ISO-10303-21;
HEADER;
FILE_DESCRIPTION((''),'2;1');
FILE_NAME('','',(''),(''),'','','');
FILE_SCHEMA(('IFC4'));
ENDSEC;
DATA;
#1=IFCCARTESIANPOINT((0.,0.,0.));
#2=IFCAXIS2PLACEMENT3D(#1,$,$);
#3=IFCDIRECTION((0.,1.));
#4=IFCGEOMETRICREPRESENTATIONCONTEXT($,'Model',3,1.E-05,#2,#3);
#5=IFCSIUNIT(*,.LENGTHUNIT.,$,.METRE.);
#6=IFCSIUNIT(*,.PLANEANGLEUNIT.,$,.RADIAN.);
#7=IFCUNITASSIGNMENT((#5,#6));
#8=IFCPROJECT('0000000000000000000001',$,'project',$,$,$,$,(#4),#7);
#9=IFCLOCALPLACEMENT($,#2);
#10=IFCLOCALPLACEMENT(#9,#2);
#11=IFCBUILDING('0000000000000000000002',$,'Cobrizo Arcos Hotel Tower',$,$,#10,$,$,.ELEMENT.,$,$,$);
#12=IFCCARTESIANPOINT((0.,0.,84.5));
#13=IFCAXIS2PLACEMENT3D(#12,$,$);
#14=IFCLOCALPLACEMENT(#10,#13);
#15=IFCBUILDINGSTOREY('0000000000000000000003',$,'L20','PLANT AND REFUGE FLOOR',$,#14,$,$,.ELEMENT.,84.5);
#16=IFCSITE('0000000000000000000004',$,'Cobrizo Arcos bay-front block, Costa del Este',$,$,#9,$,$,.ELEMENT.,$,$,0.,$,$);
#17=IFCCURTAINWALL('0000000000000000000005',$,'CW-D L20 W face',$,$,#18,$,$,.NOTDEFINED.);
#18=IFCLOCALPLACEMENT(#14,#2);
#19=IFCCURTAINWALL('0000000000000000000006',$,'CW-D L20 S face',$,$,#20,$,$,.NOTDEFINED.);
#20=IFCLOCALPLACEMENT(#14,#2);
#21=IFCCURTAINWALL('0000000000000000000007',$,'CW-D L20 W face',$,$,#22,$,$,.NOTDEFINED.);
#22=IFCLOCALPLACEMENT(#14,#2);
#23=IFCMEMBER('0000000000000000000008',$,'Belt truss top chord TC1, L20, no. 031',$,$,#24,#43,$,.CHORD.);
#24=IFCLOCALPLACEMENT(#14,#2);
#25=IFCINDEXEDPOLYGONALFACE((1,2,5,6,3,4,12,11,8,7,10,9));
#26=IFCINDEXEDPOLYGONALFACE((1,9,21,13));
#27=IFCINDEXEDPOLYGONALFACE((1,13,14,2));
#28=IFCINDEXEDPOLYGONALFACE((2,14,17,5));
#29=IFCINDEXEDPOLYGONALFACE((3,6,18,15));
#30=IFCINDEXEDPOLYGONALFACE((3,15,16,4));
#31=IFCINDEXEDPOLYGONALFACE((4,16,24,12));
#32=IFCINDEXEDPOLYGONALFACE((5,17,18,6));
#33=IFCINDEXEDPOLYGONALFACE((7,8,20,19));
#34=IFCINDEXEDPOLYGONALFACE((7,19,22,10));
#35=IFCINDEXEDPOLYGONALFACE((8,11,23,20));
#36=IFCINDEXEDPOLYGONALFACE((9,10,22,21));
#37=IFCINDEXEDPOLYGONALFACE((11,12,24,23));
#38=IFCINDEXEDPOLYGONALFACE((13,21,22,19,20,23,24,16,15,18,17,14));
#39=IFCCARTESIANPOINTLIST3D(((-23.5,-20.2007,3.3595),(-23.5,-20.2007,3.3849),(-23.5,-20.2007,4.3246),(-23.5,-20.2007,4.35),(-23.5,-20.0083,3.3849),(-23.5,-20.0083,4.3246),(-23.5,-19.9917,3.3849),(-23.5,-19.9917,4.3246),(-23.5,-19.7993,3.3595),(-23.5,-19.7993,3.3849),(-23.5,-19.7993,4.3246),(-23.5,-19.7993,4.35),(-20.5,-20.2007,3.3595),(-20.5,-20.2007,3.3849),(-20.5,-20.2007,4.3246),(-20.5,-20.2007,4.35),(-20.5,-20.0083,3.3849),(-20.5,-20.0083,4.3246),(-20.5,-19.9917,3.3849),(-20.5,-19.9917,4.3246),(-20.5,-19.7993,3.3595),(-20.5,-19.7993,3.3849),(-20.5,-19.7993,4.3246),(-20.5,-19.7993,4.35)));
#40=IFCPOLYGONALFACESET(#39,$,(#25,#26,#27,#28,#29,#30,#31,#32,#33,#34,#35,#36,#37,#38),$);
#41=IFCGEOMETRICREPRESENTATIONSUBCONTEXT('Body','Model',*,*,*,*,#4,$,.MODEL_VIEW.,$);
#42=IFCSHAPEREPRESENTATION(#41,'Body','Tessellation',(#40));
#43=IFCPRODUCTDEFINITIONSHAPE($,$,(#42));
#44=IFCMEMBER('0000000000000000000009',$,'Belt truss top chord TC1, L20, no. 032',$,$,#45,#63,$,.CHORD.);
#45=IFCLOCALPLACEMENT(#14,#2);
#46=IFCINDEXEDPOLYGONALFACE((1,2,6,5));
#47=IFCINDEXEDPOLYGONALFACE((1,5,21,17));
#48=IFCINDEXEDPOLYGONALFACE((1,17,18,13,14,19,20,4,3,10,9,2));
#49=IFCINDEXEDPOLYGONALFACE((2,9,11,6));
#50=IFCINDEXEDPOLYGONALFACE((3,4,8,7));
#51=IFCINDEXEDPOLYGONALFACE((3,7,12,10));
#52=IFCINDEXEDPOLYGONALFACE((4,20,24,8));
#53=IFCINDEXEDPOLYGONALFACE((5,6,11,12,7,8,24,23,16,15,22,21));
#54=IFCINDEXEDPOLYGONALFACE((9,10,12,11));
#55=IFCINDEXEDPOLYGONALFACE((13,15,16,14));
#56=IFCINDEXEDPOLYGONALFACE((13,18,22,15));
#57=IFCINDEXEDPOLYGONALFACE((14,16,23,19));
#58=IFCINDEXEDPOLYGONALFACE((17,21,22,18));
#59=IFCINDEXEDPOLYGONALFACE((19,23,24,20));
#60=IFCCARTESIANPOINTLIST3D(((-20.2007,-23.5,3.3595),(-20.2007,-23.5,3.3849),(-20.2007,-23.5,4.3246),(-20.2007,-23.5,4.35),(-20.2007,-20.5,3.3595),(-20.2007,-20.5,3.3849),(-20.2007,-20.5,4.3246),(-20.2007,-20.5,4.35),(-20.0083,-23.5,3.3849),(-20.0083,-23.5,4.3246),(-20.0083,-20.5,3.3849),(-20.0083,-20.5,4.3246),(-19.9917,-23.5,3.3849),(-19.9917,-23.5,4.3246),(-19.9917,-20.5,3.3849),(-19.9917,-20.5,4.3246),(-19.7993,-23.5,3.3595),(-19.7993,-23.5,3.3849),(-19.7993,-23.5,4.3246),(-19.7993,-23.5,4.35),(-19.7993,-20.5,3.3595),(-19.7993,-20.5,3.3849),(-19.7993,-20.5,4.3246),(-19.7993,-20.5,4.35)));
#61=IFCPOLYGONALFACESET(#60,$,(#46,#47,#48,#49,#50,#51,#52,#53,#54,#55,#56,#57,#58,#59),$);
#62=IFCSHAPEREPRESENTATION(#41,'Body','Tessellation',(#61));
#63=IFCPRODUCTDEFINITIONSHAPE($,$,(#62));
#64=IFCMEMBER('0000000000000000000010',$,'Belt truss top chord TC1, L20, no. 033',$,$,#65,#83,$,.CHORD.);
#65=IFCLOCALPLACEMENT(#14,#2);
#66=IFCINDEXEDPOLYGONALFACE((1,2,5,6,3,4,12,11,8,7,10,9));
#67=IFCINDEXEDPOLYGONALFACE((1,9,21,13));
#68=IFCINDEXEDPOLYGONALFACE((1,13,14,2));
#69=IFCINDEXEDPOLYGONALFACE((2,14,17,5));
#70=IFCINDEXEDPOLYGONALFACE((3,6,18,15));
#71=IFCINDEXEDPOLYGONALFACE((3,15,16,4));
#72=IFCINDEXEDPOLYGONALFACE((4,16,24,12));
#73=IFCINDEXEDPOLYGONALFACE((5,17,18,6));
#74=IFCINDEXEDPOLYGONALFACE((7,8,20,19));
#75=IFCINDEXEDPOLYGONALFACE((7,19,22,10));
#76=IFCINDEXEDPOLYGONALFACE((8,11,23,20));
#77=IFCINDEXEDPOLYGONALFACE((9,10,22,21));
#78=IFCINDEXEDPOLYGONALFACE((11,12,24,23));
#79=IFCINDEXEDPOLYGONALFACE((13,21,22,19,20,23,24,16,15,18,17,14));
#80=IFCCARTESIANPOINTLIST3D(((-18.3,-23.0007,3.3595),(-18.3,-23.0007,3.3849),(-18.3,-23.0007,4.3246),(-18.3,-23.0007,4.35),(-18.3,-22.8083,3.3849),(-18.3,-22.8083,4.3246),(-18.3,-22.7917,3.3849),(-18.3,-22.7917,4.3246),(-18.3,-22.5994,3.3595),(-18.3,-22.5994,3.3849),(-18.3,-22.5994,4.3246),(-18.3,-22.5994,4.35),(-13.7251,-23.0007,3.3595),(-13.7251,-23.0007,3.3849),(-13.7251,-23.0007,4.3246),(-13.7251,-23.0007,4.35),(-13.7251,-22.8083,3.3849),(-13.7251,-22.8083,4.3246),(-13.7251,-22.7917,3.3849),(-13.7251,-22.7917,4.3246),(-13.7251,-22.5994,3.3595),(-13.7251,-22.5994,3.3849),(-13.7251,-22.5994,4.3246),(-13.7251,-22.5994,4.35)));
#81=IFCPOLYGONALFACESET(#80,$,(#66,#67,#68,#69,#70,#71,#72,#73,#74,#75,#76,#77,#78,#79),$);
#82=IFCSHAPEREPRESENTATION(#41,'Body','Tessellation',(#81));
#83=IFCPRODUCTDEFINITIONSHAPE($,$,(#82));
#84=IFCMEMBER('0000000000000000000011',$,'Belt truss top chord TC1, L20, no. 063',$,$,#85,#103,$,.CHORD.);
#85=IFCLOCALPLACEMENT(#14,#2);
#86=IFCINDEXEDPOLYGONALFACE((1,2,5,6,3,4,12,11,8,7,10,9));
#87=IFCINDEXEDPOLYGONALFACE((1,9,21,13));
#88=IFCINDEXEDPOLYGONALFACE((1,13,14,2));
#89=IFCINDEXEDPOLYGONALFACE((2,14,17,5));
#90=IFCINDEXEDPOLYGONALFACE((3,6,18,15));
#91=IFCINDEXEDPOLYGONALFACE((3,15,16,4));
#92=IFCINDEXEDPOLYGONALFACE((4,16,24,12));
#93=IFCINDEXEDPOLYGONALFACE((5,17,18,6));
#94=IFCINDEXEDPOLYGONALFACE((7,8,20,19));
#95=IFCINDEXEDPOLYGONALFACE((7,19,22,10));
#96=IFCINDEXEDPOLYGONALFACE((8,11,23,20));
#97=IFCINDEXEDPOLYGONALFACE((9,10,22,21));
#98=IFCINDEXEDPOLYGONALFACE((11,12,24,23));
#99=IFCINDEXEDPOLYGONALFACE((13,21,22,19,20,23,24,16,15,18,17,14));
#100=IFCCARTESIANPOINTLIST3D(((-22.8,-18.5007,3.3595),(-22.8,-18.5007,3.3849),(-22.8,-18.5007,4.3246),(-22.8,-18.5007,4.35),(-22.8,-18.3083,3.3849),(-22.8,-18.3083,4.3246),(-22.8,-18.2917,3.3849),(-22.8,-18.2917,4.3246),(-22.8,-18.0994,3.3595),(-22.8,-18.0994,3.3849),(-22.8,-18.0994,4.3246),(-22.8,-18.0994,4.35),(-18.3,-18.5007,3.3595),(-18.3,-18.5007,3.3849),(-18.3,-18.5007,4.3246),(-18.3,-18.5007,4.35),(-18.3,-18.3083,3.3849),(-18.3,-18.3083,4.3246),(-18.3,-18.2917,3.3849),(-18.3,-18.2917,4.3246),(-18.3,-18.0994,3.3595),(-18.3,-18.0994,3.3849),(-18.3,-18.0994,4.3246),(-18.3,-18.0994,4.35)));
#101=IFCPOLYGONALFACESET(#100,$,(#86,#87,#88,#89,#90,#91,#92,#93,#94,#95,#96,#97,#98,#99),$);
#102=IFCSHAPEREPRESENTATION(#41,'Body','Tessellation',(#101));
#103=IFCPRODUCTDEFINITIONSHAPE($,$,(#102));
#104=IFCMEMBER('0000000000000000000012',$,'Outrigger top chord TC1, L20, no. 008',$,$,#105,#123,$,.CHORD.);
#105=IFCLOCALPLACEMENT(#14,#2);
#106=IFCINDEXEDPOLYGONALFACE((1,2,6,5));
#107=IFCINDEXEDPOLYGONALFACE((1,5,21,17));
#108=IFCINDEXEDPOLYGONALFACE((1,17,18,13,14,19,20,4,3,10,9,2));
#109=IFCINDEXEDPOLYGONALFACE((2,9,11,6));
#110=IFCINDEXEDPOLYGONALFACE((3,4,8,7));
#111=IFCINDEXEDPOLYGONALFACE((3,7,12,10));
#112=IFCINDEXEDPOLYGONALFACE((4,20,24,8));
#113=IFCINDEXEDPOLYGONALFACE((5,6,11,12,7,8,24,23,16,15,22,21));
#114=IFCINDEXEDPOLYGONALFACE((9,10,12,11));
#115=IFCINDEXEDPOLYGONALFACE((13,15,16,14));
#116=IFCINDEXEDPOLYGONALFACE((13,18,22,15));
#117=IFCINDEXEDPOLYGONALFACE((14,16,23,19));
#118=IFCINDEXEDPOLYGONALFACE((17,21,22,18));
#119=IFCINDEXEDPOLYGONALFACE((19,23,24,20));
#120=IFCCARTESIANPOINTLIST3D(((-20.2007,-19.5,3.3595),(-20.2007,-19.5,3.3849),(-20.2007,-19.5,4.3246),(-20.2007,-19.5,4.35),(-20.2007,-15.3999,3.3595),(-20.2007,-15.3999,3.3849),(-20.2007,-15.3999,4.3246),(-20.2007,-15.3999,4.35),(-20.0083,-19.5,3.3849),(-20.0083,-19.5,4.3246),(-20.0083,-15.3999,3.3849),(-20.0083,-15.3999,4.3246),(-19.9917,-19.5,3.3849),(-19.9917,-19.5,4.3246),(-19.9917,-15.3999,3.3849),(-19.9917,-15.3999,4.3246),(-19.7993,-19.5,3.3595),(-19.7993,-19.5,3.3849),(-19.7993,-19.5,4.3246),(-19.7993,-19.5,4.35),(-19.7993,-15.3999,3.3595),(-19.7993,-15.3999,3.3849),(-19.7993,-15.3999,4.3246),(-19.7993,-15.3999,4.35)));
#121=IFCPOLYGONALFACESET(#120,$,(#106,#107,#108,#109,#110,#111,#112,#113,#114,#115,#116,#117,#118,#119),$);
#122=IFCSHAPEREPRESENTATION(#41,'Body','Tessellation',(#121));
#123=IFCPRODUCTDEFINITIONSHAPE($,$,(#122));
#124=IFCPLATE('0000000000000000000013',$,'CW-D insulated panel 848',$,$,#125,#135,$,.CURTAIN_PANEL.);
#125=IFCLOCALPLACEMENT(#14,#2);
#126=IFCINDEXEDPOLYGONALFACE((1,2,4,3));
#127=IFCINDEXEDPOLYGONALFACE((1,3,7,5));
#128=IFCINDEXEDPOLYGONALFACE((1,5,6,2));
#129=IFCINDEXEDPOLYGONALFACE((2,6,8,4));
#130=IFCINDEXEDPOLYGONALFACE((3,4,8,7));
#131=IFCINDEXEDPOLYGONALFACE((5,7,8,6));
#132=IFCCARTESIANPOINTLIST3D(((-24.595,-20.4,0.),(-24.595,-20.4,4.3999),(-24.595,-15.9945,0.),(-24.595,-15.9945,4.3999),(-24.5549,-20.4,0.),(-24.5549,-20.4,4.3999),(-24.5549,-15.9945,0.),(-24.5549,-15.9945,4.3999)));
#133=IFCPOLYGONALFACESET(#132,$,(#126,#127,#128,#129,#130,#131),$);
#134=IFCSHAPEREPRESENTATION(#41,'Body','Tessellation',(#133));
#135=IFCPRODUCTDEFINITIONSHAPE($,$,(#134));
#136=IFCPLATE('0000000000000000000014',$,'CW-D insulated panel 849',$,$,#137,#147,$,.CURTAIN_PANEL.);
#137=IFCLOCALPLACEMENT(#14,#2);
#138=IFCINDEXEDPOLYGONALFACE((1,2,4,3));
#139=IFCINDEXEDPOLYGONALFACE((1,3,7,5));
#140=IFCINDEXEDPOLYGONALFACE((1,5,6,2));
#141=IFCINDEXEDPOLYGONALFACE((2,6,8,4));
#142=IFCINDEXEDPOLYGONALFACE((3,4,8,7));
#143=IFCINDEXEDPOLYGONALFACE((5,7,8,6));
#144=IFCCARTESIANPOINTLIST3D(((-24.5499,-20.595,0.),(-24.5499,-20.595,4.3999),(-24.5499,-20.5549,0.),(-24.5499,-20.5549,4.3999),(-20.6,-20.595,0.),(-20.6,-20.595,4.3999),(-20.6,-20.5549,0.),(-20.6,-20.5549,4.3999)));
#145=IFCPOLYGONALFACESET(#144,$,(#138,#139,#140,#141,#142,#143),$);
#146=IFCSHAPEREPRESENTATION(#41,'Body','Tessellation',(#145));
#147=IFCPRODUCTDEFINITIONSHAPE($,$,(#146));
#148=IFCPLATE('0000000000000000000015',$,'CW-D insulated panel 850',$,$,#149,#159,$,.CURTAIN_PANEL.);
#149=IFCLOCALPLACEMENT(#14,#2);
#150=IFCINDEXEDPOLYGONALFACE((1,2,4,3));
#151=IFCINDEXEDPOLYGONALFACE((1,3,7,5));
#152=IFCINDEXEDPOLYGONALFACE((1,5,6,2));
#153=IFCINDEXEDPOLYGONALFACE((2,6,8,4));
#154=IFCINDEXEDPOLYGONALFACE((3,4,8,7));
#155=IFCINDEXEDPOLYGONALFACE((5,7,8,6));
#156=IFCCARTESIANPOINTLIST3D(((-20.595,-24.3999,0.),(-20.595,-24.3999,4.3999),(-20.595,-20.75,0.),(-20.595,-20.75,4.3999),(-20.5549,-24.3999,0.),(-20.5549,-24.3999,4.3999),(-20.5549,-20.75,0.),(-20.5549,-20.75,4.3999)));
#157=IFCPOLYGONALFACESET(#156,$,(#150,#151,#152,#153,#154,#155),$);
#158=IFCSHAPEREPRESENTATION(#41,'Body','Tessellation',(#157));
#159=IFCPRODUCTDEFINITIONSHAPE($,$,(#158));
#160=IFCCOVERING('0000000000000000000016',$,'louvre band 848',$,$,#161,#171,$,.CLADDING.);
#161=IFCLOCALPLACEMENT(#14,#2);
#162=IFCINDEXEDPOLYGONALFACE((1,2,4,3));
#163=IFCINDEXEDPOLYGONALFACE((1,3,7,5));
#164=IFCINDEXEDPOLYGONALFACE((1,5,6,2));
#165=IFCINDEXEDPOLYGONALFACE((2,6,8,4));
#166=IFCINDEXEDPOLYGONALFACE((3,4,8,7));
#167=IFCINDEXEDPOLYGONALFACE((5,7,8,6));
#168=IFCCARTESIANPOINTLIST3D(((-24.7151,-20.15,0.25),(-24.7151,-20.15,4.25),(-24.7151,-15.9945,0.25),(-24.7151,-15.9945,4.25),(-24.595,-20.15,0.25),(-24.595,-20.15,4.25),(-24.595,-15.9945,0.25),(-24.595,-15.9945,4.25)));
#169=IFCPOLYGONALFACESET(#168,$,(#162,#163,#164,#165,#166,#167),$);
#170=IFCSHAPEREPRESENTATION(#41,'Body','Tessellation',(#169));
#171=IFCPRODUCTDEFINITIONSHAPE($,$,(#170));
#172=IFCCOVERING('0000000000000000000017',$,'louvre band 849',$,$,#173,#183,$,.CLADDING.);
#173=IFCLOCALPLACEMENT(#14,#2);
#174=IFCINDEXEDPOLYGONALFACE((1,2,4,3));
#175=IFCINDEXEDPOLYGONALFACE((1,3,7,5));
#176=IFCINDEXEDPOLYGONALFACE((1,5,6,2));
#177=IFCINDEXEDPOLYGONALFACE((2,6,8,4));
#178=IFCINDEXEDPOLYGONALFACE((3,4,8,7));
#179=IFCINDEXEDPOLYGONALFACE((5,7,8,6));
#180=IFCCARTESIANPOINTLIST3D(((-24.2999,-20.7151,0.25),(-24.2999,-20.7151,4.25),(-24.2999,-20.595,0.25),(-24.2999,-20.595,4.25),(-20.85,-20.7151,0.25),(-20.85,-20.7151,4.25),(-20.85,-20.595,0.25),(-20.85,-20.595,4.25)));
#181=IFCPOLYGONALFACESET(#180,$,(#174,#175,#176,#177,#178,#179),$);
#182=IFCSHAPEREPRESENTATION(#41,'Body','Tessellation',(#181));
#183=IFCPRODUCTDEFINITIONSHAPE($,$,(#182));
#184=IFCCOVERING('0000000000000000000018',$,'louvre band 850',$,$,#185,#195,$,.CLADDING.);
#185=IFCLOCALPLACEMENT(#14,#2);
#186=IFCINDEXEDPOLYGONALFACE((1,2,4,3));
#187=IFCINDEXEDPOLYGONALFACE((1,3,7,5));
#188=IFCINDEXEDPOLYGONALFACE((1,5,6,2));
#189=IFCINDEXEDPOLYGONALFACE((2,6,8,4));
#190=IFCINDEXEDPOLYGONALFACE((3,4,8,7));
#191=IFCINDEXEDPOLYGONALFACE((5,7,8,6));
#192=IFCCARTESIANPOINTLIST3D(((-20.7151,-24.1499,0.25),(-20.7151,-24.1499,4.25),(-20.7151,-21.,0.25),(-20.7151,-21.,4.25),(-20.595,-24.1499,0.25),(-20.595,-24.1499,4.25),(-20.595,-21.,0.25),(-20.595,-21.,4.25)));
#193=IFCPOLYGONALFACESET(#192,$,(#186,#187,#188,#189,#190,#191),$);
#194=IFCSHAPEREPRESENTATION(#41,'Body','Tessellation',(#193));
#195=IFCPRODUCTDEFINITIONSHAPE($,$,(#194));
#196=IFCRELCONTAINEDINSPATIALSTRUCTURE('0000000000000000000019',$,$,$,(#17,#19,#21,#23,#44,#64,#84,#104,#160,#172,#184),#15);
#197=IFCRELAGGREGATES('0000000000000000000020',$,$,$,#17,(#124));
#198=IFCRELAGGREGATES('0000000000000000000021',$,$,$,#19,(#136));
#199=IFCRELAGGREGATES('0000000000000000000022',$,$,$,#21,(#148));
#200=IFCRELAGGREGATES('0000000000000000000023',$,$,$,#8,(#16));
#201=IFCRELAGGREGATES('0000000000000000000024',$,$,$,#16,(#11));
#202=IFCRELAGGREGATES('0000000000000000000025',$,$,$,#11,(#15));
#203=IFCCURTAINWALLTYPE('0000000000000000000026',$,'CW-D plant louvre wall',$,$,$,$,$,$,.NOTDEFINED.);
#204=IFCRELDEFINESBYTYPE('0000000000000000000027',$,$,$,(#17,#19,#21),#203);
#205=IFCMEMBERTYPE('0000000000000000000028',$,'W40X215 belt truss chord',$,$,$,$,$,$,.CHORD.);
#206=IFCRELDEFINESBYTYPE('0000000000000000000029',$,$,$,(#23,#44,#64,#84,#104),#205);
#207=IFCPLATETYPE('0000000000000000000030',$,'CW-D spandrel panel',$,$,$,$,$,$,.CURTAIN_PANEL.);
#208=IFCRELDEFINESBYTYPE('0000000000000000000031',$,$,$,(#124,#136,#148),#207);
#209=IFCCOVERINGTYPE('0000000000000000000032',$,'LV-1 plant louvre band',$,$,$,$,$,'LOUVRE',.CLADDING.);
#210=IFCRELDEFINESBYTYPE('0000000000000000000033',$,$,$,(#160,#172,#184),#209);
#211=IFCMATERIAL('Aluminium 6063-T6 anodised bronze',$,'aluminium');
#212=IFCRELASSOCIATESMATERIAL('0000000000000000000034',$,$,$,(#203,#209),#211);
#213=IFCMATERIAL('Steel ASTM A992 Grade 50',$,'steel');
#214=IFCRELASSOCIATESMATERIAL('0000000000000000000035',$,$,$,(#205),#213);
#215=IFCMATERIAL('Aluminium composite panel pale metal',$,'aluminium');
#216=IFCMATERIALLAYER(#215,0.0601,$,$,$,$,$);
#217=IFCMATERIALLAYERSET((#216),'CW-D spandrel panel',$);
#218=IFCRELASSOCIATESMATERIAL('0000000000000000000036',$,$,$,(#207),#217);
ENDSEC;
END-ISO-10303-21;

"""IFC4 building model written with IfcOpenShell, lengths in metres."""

from ifc_helpers import new_model, si_unit, direction, frame, origin, origin_2d, place, context, subcontext, project, spatial, rectangle, i_section, extrude, material, layer, layer_set, material_profile, profile_set, type_object, element, aggregate, save


model = new_model("IFC4")

# Units and contexts
model_context = context("Model", 3, precision=1e-05, world=origin(), true_north=direction((0.0, 1.0)))
body_context = subcontext(model_context, "Body", "Model", "MODEL_VIEW")
ifc_project = project(units=[si_unit("LENGTHUNIT", "METRE"), si_unit("PLANEANGLEUNIT", "RADIAN")], contexts=[model_context])

# Site, building, storey
site_placement = place(None, origin())
site = spatial("IfcSite", under=ifc_project, at=site_placement, Name="Cobrizo Arcos bay-front block, Costa del Este", CompositionType="ELEMENT", RefElevation=0.0)
building_placement = place(site_placement, origin())
building = spatial("IfcBuilding", under=site, at=building_placement, Name="Cobrizo Arcos Hotel Tower", CompositionType="ELEMENT")
storey_placement = place(building_placement, frame((0.0, 0.0, 84.5)))
storey = spatial("IfcBuildingStorey", under=building, at=storey_placement, Name="L20", Description="PLANT AND REFUGE FLOOR", CompositionType="ELEMENT", Elevation=84.5)

# Curtain walls
ifc_material_1 = material(Name="Aluminium 6063-T6 anodised bronze", Category="aluminium")
curtain_wall_type = type_object("IfcCurtainWallType", Name="CW-D plant louvre wall", PredefinedType="NOTDEFINED", material=ifc_material_1)
curtain_wall_1_placement = place(storey_placement, origin())
curtain_wall_1 = element("IfcCurtainWall", 1, at=curtain_wall_1_placement, inside=storey, type_object=curtain_wall_type, Name="CW-D L20 W face", PredefinedType="NOTDEFINED")
curtain_wall_2_placement = place(storey_placement, origin())
curtain_wall_2 = element("IfcCurtainWall", 2, at=curtain_wall_2_placement, inside=storey, type_object=curtain_wall_type, Name="CW-D L20 S face", PredefinedType="NOTDEFINED")
curtain_wall_3_placement = place(storey_placement, origin())
curtain_wall_3 = element("IfcCurtainWall", 3, at=curtain_wall_3_placement, inside=storey, type_object=curtain_wall_type, Name="CW-D L20 W face", PredefinedType="NOTDEFINED")

# Members
ifc_material_2 = material(Name="Steel ASTM A992 Grade 50", Category="steel")
ifc_material_profile_1 = material_profile(ifc_material_2, i_section(OverallWidth=0.4014, OverallDepth=0.9905, WebThickness=0.0166, FlangeThickness=0.0254, at=origin_2d()), Name="W40X215")
ifc_profile_set_1 = profile_set([ifc_material_profile_1], Name="Steel ASTM A992 Grade 50")
member_type_1 = type_object("IfcMemberType", Name="W40X215 belt truss chord", PredefinedType="CHORD", material=ifc_profile_set_1)
for number, where, z_axis, x_axis, name in (
    (4, (-23.5, -20.0, 3.8547), (1.0, 0.0, 0.0), (0.0, 1.0, 0.0), "Belt truss top chord TC1, L20, no. 031"),
    (5, (-20.0, -20.5, 3.8547), (0.0, -1.0, 0.0), (1.0, 0.0, 0.0), "Belt truss top chord TC1, L20, no. 032"),
):
    element("IfcMember", number, at=place(storey_placement, frame(where, z_axis=z_axis, x_axis=x_axis)), inside=storey, type_object=member_type_1, Name=name, PredefinedType="CHORD", context=body_context, shape_type="SweptSolid", body=[
        extrude(i_section(OverallWidth=0.4014, OverallDepth=0.9905, WebThickness=0.0166, FlangeThickness=0.0254, at=origin_2d()), origin(), (0.0, 0.0, 1.0), 3.0),
    ])
member_1_placement = place(storey_placement, frame((-18.3, -22.8, 3.8547), z_axis=(1.0, 0.0, 0.0), x_axis=(0.0, 1.0, 0.0)))
element("IfcMember", 6, at=member_1_placement, inside=storey, type_object=member_type_1, Name="Belt truss top chord TC1, L20, no. 033", PredefinedType="CHORD", context=body_context, shape_type="SweptSolid", body=[
    extrude(i_section(OverallWidth=0.4014, OverallDepth=0.9905, WebThickness=0.0166, FlangeThickness=0.0254, at=origin_2d()), origin(), (0.0, 0.0, 1.0), 4.575),
])
member_2_placement = place(storey_placement, frame((-22.8, -18.3, 3.8547), z_axis=(1.0, 0.0, 0.0), x_axis=(0.0, 1.0, 0.0)))
element("IfcMember", 7, at=member_2_placement, inside=storey, type_object=member_type_1, Name="Belt truss top chord TC1, L20, no. 063", PredefinedType="CHORD", context=body_context, shape_type="SweptSolid", body=[
    extrude(i_section(OverallWidth=0.4014, OverallDepth=0.9905, WebThickness=0.0166, FlangeThickness=0.0254, at=origin_2d()), origin(), (0.0, 0.0, 1.0), 4.5),
])
member_3_placement = place(storey_placement, frame((-20.0, -15.3999, 3.8547), z_axis=(0.0, -1.0, 0.0), x_axis=(1.0, 0.0, 0.0)))
element("IfcMember", 8, at=member_3_placement, inside=storey, type_object=member_type_1, Name="Outrigger top chord TC1, L20, no. 008", PredefinedType="CHORD", context=body_context, shape_type="SweptSolid", body=[
    extrude(i_section(OverallWidth=0.4014, OverallDepth=0.9905, WebThickness=0.0166, FlangeThickness=0.0254, at=origin_2d()), origin(), (0.0, 0.0, 1.0), 4.1001),
])

# Plates
ifc_material_3 = material(Name="Aluminium composite panel pale metal", Category="aluminium")
ifc_layer = layer(ifc_material_3, 0.0601)
ifc_layer_set = layer_set([ifc_layer], Name="CW-D spandrel panel")
plate_type = type_object("IfcPlateType", Name="CW-D spandrel panel", PredefinedType="CURTAIN_PANEL", material=ifc_layer_set)
plate_1_placement = place(storey_placement, frame((-24.575, -18.1973, 0.0), z_axis=(0.0, 0.0, 1.0), x_axis=(0.0, -1.0, 0.0)))
plate_1 = element("IfcPlate", 9, at=plate_1_placement, type_object=plate_type, Name="CW-D insulated panel 848", PredefinedType="CURTAIN_PANEL", context=body_context, shape_type="SweptSolid", body=[
    extrude(rectangle(XDim=4.4055, YDim=0.04, at=origin_2d()), origin(), (0.0, 0.0, 1.0), 4.3999),
])
aggregate(curtain_wall_1, [plate_1])
plate_2_placement = place(storey_placement, frame((-22.575, -20.575, 0.0), z_axis=(0.0, 0.0, 1.0), x_axis=(1.0, 0.0, 0.0)))
plate_2 = element("IfcPlate", 10, at=plate_2_placement, type_object=plate_type, Name="CW-D insulated panel 849", PredefinedType="CURTAIN_PANEL", context=body_context, shape_type="SweptSolid", body=[
    extrude(rectangle(XDim=3.95, YDim=0.04, at=origin_2d()), origin(), (0.0, 0.0, 1.0), 4.3999),
])
aggregate(curtain_wall_2, [plate_2])
plate_3_placement = place(storey_placement, frame((-20.575, -22.575, 0.0), z_axis=(0.0, 0.0, 1.0), x_axis=(0.0, -1.0, 0.0)))
plate_3 = element("IfcPlate", 11, at=plate_3_placement, type_object=plate_type, Name="CW-D insulated panel 850", PredefinedType="CURTAIN_PANEL", context=body_context, shape_type="SweptSolid", body=[
    extrude(rectangle(XDim=3.6499, YDim=0.04, at=origin_2d()), origin(), (0.0, 0.0, 1.0), 4.3999),
])
aggregate(curtain_wall_3, [plate_3])

# Coverings
covering_type = type_object("IfcCoveringType", Name="LV-1 plant louvre band", ElementType="LOUVRE", PredefinedType="CLADDING", material=ifc_material_1)
covering_1_placement = place(storey_placement, frame((-24.655, -18.0723, 0.25), z_axis=(0.0, 0.0, 1.0), x_axis=(0.0, -1.0, 0.0)))
element("IfcCovering", 12, at=covering_1_placement, inside=storey, type_object=covering_type, Name="louvre band 848", PredefinedType="CLADDING", context=body_context, shape_type="SweptSolid", body=[
    extrude(rectangle(XDim=4.1555, YDim=0.1201, at=origin_2d()), origin(), (0.0, 0.0, 1.0), 4.0),
])
covering_2_placement = place(storey_placement, frame((-22.575, -20.655, 0.25), z_axis=(0.0, 0.0, 1.0), x_axis=(1.0, 0.0, 0.0)))
element("IfcCovering", 13, at=covering_2_placement, inside=storey, type_object=covering_type, Name="louvre band 849", PredefinedType="CLADDING", context=body_context, shape_type="SweptSolid", body=[
    extrude(rectangle(XDim=3.45, YDim=0.1201, at=origin_2d()), origin(), (0.0, 0.0, 1.0), 4.0),
])
covering_3_placement = place(storey_placement, frame((-20.655, -22.575, 0.25), z_axis=(0.0, 0.0, 1.0), x_axis=(0.0, -1.0, 0.0)))
element("IfcCovering", 14, at=covering_3_placement, inside=storey, type_object=covering_type, Name="louvre band 850", PredefinedType="CLADDING", context=body_context, shape_type="SweptSolid", body=[
    extrude(rectangle(XDim=3.1499, YDim=0.1201, at=origin_2d()), origin(), (0.0, 0.0, 1.0), 4.0),
])

save(model, "model.ifc")
